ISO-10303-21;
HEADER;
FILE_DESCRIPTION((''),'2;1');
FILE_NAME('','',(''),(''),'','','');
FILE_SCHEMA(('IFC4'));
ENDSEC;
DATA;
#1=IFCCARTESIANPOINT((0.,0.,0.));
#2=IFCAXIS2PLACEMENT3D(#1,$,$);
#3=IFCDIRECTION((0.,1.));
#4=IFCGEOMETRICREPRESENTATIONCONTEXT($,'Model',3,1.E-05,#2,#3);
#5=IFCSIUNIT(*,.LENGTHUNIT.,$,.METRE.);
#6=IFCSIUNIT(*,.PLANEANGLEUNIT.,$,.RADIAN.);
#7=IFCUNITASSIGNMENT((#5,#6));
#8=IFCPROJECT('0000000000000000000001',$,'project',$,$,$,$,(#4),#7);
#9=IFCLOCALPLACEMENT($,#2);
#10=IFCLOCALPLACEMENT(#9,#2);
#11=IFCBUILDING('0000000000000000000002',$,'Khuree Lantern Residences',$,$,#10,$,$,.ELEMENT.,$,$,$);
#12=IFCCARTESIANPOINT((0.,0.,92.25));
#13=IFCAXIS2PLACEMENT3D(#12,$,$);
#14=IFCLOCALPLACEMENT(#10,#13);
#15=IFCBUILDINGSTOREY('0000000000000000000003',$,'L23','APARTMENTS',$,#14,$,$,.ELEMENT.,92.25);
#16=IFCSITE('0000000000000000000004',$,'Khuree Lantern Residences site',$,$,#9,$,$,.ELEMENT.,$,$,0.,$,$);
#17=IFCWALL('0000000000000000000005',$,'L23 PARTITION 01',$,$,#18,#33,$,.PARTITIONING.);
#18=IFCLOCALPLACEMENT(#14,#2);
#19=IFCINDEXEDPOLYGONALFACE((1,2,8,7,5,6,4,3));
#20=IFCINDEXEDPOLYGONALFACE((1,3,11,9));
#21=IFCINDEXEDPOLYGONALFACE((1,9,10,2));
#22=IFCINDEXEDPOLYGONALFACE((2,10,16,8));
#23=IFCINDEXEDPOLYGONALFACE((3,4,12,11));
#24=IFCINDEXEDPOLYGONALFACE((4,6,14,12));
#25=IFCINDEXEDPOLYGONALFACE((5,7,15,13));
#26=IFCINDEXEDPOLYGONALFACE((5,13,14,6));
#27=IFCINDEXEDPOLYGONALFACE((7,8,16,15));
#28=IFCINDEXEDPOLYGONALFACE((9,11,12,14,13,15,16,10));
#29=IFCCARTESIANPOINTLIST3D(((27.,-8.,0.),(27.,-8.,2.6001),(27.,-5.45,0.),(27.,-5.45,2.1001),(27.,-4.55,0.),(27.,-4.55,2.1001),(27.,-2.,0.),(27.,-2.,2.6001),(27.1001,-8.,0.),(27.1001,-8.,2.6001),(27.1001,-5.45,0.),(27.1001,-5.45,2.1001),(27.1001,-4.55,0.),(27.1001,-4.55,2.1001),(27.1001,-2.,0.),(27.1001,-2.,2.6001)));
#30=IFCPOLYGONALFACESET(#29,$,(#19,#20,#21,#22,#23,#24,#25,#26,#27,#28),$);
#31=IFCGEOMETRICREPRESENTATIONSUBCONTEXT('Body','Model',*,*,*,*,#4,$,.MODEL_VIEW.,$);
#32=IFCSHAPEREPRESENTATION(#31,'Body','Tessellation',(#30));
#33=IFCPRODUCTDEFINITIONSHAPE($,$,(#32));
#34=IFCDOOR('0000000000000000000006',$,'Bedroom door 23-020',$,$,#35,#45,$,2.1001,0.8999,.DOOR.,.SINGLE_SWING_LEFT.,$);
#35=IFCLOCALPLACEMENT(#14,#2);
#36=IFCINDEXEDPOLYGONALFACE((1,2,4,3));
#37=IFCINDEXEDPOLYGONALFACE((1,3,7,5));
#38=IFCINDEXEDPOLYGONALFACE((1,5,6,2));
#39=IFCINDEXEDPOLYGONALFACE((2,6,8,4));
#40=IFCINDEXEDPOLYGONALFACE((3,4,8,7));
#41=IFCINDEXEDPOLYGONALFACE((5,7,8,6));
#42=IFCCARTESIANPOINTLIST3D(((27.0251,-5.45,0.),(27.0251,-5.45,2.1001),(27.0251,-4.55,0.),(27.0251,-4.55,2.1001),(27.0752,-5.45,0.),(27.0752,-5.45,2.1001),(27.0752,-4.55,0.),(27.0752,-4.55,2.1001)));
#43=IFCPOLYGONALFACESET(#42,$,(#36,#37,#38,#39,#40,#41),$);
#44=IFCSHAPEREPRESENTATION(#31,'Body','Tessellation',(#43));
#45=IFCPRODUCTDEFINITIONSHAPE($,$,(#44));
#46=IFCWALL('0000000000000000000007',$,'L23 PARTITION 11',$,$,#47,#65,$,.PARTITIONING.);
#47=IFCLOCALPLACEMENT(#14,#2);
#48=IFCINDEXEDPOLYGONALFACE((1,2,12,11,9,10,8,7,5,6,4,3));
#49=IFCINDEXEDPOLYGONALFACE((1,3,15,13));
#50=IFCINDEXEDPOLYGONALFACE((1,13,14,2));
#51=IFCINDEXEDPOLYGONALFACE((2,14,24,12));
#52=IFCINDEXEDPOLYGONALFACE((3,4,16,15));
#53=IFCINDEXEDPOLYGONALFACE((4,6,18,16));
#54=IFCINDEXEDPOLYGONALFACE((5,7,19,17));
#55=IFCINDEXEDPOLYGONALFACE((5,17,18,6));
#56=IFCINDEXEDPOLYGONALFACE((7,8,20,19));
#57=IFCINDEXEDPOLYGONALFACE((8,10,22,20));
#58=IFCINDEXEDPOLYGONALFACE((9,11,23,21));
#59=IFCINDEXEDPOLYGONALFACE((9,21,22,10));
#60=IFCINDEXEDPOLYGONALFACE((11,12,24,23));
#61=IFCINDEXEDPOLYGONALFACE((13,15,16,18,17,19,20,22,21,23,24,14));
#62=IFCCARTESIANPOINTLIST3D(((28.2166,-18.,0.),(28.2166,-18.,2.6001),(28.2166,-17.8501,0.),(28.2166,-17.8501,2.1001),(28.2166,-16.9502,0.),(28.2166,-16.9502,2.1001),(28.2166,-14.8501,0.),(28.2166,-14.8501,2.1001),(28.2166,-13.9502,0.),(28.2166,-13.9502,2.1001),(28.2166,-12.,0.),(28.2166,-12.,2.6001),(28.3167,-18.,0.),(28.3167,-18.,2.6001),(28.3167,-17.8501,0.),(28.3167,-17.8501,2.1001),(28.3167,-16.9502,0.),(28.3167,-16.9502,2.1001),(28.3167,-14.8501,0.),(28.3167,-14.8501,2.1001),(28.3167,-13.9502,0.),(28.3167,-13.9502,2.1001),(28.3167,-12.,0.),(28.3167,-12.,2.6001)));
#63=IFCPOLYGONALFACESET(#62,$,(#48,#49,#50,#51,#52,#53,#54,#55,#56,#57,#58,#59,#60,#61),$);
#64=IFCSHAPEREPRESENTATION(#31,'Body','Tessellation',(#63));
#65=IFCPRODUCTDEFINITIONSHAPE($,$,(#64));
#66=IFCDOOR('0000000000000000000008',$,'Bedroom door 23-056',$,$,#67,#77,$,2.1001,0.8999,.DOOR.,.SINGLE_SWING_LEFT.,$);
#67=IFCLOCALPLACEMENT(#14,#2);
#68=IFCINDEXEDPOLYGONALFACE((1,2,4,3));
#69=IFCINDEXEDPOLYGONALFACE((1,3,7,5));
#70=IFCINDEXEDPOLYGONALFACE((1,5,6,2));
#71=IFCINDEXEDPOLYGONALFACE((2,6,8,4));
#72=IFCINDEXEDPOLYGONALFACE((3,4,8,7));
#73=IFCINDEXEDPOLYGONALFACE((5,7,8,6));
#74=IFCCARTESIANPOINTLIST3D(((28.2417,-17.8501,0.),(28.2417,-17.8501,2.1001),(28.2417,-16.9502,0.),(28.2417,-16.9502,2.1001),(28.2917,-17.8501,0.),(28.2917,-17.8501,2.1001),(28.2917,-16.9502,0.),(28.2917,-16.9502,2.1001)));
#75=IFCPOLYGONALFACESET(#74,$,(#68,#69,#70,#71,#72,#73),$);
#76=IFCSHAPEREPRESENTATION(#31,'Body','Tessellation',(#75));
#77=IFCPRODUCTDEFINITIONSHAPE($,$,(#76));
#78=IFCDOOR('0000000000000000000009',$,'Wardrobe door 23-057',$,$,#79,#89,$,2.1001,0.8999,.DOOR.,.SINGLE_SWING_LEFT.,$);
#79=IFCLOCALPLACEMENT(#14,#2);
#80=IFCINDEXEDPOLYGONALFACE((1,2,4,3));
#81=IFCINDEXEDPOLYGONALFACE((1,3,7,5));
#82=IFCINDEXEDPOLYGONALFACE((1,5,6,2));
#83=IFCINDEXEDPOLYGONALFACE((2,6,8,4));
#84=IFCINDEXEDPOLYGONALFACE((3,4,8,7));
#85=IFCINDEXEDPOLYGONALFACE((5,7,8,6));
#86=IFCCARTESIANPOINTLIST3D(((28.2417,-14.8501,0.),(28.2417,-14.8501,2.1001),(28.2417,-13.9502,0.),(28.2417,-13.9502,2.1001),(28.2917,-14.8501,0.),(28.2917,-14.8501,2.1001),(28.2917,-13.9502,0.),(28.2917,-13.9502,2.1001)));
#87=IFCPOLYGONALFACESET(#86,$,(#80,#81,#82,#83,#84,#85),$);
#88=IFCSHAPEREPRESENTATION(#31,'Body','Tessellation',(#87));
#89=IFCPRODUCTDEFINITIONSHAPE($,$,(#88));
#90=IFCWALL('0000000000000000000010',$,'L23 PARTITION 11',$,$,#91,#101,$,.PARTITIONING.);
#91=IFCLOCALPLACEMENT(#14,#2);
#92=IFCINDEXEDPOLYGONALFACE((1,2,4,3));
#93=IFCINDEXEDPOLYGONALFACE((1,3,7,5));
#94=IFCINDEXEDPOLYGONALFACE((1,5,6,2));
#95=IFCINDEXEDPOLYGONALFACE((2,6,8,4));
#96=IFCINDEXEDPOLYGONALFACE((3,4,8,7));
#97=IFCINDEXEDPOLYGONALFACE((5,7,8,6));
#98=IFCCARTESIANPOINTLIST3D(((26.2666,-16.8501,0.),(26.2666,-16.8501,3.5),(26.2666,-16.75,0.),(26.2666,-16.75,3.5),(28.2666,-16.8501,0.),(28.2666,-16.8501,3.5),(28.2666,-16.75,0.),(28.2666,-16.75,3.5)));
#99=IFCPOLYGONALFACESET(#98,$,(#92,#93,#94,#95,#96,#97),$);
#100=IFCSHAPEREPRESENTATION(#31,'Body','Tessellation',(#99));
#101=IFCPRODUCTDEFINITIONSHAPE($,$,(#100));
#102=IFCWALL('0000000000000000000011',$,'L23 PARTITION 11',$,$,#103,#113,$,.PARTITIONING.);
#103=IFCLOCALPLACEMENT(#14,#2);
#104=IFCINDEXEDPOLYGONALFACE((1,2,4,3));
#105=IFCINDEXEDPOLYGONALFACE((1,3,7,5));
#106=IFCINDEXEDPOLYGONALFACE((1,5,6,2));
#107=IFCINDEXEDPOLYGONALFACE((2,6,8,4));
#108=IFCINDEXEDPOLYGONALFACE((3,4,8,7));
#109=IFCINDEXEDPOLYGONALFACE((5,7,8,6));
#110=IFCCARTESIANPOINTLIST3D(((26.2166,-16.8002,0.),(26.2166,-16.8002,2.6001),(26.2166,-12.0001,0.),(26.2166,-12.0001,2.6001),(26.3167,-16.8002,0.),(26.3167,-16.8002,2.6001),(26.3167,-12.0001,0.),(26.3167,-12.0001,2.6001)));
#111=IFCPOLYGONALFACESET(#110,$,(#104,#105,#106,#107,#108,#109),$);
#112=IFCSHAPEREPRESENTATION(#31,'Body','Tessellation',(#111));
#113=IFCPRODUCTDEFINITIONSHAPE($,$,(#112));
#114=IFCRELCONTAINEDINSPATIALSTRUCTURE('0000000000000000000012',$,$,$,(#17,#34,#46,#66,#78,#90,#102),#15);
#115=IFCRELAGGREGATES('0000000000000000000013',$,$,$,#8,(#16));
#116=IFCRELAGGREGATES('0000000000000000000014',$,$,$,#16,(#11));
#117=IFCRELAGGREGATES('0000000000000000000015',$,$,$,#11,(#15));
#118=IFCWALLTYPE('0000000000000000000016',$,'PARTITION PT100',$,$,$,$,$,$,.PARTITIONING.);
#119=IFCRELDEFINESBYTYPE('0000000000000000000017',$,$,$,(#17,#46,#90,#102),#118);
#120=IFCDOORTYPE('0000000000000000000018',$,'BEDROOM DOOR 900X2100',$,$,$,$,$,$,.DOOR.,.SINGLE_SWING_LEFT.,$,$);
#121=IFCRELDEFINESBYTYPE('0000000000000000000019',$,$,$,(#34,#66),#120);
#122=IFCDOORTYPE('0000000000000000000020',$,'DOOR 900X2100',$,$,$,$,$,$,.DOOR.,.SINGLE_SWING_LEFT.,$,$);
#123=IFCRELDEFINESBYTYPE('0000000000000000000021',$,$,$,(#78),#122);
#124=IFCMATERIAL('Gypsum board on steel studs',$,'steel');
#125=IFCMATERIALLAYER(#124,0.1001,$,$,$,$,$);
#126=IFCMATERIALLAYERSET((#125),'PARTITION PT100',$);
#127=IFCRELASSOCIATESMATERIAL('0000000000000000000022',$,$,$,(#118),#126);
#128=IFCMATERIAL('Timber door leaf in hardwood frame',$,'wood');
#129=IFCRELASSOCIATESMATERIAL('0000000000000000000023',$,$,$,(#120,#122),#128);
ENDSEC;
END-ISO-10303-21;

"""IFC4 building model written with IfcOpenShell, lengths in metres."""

from ifc_helpers import new_model, si_unit, direction, frame, frame_2d, origin, place, context, subcontext, project, spatial, rectangle, extrude, material, layer, layer_set, type_object, element, fill, save


model = new_model("IFC4")

# Units and contexts
model_context = context("Model", 3, precision=1e-05, world=origin(), true_north=direction((0.0, 1.0)))
body_context = subcontext(model_context, "Body", "Model", "MODEL_VIEW")
ifc_project = project(units=[si_unit("LENGTHUNIT", "METRE"), si_unit("PLANEANGLEUNIT", "RADIAN")], contexts=[model_context])

# Site, building, storey
site_placement = place(None, origin())
site = spatial("IfcSite", under=ifc_project, at=site_placement, Name="Khuree Lantern Residences site", CompositionType="ELEMENT", RefElevation=0.0)
building_placement = place(site_placement, origin())
building = spatial("IfcBuilding", under=site, at=building_placement, Name="Khuree Lantern Residences", CompositionType="ELEMENT")
storey_placement = place(building_placement, frame((0.0, 0.0, 92.25)))
storey = spatial("IfcBuildingStorey", under=building, at=storey_placement, Name="L23", Description="APARTMENTS", CompositionType="ELEMENT", Elevation=92.25)

# Shared definitions
ifc_material_1 = material(Name="Timber door leaf in hardwood frame", Category="wood")

# Shared definitions
ifc_material_2 = material(Name="Gypsum board on steel studs", Category="steel")
ifc_layer_1 = layer(ifc_material_2, 0.1001)
ifc_layer_set_1 = layer_set([ifc_layer_1], Name="PARTITION PT100")
wall_type_1 = type_object("IfcWallType", Name="PARTITION PT100", PredefinedType="PARTITIONING", material=ifc_layer_set_1)

# Wall, opening, door
wall_1_placement = place(storey_placement, frame((27.05, -8.0, 0.0), z_axis=(0.0, 0.0, 1.0), x_axis=(0.0, 1.0, 0.0)))
wall_1 = element("IfcWall", 1, at=wall_1_placement, inside=storey, type_object=wall_type_1, Name="L23 PARTITION 01", PredefinedType="PARTITIONING", context=body_context, shape_type="SweptSolid", body=[
    extrude(rectangle(XDim=6.0, YDim=0.1001, at=frame_2d((3.0, 0.0))), origin(), (0.0, 0.0, 1.0), 2.6001),
])
opening_1_placement = place(wall_1_placement, frame((2.55, 0.0, 0.0)))
opening_1 = element("IfcOpeningElement", 2, at=opening_1_placement, cuts=wall_1, PredefinedType="OPENING", context=body_context, shape_type="SweptSolid", body=[
    extrude(rectangle(XDim=0.8999, YDim=2.1001, at=frame_2d((0.45, 1.05))), frame((0.0, 0.0601, 0.0), z_axis=(0.0, -1.0, 0.0), x_axis=(1.0, 0.0, 0.0)), (0.0, 0.0, 1.0), 0.1201),
])
door_type_1 = type_object("IfcDoorType", Name="BEDROOM DOOR 900X2100", OperationType="SINGLE_SWING_LEFT", PredefinedType="DOOR", material=ifc_material_1)
door_1_placement = place(opening_1_placement, origin())
door_1 = element("IfcDoor", 3, at=door_1_placement, inside=storey, type_object=door_type_1, Name="Bedroom door 23-020", OperationType="SINGLE_SWING_LEFT", OverallHeight=2.1001, OverallWidth=0.8999, PredefinedType="DOOR", context=body_context, shape_type="SweptSolid", body=[
    extrude(rectangle(XDim=0.8999, YDim=2.1001, at=frame_2d((0.45, 1.05))), frame((0.0, 0.0249, 0.0), z_axis=(0.0, -1.0, 0.0), x_axis=(1.0, 0.0, 0.0)), (0.0, 0.0, 1.0), 0.05),
])
fill(opening_1, door_1)

# Wall, openings, doors
wall_2_placement = place(storey_placement, frame((28.2666, -18.0, 0.0), z_axis=(0.0, 0.0, 1.0), x_axis=(0.0, 1.0, 0.0)))
wall_2 = element("IfcWall", 4, at=wall_2_placement, inside=storey, type_object=wall_type_1, Name="L23 PARTITION 11", PredefinedType="PARTITIONING", context=body_context, shape_type="SweptSolid", body=[
    extrude(rectangle(XDim=6.0, YDim=0.1001, at=frame_2d((3.0, 0.0))), origin(), (0.0, 0.0, 1.0), 2.6001),
])
opening_2_placement = place(wall_2_placement, frame((0.1499, 0.0, 0.0)))
opening_2 = element("IfcOpeningElement", 5, at=opening_2_placement, cuts=wall_2, PredefinedType="OPENING", context=body_context, shape_type="SweptSolid", body=[
    extrude(rectangle(XDim=0.8999, YDim=2.1001, at=frame_2d((0.45, 1.05))), frame((0.0, 0.0601, 0.0), z_axis=(0.0, -1.0, 0.0), x_axis=(1.0, 0.0, 0.0)), (0.0, 0.0, 1.0), 0.1201),
])
opening_3_placement = place(wall_2_placement, frame((3.1499, 0.0, 0.0)))
opening_3 = element("IfcOpeningElement", 6, at=opening_3_placement, cuts=wall_2, PredefinedType="OPENING", context=body_context, shape_type="SweptSolid", body=[
    extrude(rectangle(XDim=0.8999, YDim=2.1001, at=frame_2d((0.45, 1.05))), frame((0.0, 0.0601, 0.0), z_axis=(0.0, -1.0, 0.0), x_axis=(1.0, 0.0, 0.0)), (0.0, 0.0, 1.0), 0.1201),
])
door_2_placement = place(opening_2_placement, origin())
door_2 = element("IfcDoor", 7, at=door_2_placement, inside=storey, type_object=door_type_1, Name="Bedroom door 23-056", OperationType="SINGLE_SWING_LEFT", OverallHeight=2.1001, OverallWidth=0.8999, PredefinedType="DOOR", context=body_context, shape_type="SweptSolid", body=[
    extrude(rectangle(XDim=0.8999, YDim=2.1001, at=frame_2d((0.45, 1.05))), frame((0.0, 0.0249, 0.0), z_axis=(0.0, -1.0, 0.0), x_axis=(1.0, 0.0, 0.0)), (0.0, 0.0, 1.0), 0.05),
])
fill(opening_2, door_2)
door_type_2 = type_object("IfcDoorType", Name="DOOR 900X2100", OperationType="SINGLE_SWING_LEFT", PredefinedType="DOOR", material=ifc_material_1)
door_3_placement = place(opening_3_placement, origin())
door_3 = element("IfcDoor", 8, at=door_3_placement, inside=storey, type_object=door_type_2, Name="Wardrobe door 23-057", OperationType="SINGLE_SWING_LEFT", OverallHeight=2.1001, OverallWidth=0.8999, PredefinedType="DOOR", context=body_context, shape_type="SweptSolid", body=[
    extrude(rectangle(XDim=0.8999, YDim=2.1001, at=frame_2d((0.45, 1.05))), frame((0.0, 0.0249, 0.0), z_axis=(0.0, -1.0, 0.0), x_axis=(1.0, 0.0, 0.0)), (0.0, 0.0, 1.0), 0.05),
])
fill(opening_3, door_3)

# Walls
wall_3_placement = place(storey_placement, frame((26.2666, -16.8, 0.0), z_axis=(0.0, 0.0, 1.0), x_axis=(1.0, 0.0, 0.0)))
element("IfcWall", 9, at=wall_3_placement, inside=storey, type_object=wall_type_1, Name="L23 PARTITION 11", PredefinedType="PARTITIONING", context=body_context, shape_type="SweptSolid", body=[
    extrude(rectangle(XDim=2.0, YDim=0.1001, at=frame_2d((1.0, 0.0))), origin(), (0.0, 0.0, 1.0), 3.5),
])
wall_4_placement = place(storey_placement, frame((26.2666, -16.8, 0.0), z_axis=(0.0, 0.0, 1.0), x_axis=(0.0, 1.0, 0.0)))
element("IfcWall", 10, at=wall_4_placement, inside=storey, type_object=wall_type_1, Name="L23 PARTITION 11", PredefinedType="PARTITIONING", context=body_context, shape_type="SweptSolid", body=[
    extrude(rectangle(XDim=4.8, YDim=0.1001, at=frame_2d((2.3999, 0.0))), origin(), (0.0, 0.0, 1.0), 2.6001),
])

save(model, "model.ifc")
